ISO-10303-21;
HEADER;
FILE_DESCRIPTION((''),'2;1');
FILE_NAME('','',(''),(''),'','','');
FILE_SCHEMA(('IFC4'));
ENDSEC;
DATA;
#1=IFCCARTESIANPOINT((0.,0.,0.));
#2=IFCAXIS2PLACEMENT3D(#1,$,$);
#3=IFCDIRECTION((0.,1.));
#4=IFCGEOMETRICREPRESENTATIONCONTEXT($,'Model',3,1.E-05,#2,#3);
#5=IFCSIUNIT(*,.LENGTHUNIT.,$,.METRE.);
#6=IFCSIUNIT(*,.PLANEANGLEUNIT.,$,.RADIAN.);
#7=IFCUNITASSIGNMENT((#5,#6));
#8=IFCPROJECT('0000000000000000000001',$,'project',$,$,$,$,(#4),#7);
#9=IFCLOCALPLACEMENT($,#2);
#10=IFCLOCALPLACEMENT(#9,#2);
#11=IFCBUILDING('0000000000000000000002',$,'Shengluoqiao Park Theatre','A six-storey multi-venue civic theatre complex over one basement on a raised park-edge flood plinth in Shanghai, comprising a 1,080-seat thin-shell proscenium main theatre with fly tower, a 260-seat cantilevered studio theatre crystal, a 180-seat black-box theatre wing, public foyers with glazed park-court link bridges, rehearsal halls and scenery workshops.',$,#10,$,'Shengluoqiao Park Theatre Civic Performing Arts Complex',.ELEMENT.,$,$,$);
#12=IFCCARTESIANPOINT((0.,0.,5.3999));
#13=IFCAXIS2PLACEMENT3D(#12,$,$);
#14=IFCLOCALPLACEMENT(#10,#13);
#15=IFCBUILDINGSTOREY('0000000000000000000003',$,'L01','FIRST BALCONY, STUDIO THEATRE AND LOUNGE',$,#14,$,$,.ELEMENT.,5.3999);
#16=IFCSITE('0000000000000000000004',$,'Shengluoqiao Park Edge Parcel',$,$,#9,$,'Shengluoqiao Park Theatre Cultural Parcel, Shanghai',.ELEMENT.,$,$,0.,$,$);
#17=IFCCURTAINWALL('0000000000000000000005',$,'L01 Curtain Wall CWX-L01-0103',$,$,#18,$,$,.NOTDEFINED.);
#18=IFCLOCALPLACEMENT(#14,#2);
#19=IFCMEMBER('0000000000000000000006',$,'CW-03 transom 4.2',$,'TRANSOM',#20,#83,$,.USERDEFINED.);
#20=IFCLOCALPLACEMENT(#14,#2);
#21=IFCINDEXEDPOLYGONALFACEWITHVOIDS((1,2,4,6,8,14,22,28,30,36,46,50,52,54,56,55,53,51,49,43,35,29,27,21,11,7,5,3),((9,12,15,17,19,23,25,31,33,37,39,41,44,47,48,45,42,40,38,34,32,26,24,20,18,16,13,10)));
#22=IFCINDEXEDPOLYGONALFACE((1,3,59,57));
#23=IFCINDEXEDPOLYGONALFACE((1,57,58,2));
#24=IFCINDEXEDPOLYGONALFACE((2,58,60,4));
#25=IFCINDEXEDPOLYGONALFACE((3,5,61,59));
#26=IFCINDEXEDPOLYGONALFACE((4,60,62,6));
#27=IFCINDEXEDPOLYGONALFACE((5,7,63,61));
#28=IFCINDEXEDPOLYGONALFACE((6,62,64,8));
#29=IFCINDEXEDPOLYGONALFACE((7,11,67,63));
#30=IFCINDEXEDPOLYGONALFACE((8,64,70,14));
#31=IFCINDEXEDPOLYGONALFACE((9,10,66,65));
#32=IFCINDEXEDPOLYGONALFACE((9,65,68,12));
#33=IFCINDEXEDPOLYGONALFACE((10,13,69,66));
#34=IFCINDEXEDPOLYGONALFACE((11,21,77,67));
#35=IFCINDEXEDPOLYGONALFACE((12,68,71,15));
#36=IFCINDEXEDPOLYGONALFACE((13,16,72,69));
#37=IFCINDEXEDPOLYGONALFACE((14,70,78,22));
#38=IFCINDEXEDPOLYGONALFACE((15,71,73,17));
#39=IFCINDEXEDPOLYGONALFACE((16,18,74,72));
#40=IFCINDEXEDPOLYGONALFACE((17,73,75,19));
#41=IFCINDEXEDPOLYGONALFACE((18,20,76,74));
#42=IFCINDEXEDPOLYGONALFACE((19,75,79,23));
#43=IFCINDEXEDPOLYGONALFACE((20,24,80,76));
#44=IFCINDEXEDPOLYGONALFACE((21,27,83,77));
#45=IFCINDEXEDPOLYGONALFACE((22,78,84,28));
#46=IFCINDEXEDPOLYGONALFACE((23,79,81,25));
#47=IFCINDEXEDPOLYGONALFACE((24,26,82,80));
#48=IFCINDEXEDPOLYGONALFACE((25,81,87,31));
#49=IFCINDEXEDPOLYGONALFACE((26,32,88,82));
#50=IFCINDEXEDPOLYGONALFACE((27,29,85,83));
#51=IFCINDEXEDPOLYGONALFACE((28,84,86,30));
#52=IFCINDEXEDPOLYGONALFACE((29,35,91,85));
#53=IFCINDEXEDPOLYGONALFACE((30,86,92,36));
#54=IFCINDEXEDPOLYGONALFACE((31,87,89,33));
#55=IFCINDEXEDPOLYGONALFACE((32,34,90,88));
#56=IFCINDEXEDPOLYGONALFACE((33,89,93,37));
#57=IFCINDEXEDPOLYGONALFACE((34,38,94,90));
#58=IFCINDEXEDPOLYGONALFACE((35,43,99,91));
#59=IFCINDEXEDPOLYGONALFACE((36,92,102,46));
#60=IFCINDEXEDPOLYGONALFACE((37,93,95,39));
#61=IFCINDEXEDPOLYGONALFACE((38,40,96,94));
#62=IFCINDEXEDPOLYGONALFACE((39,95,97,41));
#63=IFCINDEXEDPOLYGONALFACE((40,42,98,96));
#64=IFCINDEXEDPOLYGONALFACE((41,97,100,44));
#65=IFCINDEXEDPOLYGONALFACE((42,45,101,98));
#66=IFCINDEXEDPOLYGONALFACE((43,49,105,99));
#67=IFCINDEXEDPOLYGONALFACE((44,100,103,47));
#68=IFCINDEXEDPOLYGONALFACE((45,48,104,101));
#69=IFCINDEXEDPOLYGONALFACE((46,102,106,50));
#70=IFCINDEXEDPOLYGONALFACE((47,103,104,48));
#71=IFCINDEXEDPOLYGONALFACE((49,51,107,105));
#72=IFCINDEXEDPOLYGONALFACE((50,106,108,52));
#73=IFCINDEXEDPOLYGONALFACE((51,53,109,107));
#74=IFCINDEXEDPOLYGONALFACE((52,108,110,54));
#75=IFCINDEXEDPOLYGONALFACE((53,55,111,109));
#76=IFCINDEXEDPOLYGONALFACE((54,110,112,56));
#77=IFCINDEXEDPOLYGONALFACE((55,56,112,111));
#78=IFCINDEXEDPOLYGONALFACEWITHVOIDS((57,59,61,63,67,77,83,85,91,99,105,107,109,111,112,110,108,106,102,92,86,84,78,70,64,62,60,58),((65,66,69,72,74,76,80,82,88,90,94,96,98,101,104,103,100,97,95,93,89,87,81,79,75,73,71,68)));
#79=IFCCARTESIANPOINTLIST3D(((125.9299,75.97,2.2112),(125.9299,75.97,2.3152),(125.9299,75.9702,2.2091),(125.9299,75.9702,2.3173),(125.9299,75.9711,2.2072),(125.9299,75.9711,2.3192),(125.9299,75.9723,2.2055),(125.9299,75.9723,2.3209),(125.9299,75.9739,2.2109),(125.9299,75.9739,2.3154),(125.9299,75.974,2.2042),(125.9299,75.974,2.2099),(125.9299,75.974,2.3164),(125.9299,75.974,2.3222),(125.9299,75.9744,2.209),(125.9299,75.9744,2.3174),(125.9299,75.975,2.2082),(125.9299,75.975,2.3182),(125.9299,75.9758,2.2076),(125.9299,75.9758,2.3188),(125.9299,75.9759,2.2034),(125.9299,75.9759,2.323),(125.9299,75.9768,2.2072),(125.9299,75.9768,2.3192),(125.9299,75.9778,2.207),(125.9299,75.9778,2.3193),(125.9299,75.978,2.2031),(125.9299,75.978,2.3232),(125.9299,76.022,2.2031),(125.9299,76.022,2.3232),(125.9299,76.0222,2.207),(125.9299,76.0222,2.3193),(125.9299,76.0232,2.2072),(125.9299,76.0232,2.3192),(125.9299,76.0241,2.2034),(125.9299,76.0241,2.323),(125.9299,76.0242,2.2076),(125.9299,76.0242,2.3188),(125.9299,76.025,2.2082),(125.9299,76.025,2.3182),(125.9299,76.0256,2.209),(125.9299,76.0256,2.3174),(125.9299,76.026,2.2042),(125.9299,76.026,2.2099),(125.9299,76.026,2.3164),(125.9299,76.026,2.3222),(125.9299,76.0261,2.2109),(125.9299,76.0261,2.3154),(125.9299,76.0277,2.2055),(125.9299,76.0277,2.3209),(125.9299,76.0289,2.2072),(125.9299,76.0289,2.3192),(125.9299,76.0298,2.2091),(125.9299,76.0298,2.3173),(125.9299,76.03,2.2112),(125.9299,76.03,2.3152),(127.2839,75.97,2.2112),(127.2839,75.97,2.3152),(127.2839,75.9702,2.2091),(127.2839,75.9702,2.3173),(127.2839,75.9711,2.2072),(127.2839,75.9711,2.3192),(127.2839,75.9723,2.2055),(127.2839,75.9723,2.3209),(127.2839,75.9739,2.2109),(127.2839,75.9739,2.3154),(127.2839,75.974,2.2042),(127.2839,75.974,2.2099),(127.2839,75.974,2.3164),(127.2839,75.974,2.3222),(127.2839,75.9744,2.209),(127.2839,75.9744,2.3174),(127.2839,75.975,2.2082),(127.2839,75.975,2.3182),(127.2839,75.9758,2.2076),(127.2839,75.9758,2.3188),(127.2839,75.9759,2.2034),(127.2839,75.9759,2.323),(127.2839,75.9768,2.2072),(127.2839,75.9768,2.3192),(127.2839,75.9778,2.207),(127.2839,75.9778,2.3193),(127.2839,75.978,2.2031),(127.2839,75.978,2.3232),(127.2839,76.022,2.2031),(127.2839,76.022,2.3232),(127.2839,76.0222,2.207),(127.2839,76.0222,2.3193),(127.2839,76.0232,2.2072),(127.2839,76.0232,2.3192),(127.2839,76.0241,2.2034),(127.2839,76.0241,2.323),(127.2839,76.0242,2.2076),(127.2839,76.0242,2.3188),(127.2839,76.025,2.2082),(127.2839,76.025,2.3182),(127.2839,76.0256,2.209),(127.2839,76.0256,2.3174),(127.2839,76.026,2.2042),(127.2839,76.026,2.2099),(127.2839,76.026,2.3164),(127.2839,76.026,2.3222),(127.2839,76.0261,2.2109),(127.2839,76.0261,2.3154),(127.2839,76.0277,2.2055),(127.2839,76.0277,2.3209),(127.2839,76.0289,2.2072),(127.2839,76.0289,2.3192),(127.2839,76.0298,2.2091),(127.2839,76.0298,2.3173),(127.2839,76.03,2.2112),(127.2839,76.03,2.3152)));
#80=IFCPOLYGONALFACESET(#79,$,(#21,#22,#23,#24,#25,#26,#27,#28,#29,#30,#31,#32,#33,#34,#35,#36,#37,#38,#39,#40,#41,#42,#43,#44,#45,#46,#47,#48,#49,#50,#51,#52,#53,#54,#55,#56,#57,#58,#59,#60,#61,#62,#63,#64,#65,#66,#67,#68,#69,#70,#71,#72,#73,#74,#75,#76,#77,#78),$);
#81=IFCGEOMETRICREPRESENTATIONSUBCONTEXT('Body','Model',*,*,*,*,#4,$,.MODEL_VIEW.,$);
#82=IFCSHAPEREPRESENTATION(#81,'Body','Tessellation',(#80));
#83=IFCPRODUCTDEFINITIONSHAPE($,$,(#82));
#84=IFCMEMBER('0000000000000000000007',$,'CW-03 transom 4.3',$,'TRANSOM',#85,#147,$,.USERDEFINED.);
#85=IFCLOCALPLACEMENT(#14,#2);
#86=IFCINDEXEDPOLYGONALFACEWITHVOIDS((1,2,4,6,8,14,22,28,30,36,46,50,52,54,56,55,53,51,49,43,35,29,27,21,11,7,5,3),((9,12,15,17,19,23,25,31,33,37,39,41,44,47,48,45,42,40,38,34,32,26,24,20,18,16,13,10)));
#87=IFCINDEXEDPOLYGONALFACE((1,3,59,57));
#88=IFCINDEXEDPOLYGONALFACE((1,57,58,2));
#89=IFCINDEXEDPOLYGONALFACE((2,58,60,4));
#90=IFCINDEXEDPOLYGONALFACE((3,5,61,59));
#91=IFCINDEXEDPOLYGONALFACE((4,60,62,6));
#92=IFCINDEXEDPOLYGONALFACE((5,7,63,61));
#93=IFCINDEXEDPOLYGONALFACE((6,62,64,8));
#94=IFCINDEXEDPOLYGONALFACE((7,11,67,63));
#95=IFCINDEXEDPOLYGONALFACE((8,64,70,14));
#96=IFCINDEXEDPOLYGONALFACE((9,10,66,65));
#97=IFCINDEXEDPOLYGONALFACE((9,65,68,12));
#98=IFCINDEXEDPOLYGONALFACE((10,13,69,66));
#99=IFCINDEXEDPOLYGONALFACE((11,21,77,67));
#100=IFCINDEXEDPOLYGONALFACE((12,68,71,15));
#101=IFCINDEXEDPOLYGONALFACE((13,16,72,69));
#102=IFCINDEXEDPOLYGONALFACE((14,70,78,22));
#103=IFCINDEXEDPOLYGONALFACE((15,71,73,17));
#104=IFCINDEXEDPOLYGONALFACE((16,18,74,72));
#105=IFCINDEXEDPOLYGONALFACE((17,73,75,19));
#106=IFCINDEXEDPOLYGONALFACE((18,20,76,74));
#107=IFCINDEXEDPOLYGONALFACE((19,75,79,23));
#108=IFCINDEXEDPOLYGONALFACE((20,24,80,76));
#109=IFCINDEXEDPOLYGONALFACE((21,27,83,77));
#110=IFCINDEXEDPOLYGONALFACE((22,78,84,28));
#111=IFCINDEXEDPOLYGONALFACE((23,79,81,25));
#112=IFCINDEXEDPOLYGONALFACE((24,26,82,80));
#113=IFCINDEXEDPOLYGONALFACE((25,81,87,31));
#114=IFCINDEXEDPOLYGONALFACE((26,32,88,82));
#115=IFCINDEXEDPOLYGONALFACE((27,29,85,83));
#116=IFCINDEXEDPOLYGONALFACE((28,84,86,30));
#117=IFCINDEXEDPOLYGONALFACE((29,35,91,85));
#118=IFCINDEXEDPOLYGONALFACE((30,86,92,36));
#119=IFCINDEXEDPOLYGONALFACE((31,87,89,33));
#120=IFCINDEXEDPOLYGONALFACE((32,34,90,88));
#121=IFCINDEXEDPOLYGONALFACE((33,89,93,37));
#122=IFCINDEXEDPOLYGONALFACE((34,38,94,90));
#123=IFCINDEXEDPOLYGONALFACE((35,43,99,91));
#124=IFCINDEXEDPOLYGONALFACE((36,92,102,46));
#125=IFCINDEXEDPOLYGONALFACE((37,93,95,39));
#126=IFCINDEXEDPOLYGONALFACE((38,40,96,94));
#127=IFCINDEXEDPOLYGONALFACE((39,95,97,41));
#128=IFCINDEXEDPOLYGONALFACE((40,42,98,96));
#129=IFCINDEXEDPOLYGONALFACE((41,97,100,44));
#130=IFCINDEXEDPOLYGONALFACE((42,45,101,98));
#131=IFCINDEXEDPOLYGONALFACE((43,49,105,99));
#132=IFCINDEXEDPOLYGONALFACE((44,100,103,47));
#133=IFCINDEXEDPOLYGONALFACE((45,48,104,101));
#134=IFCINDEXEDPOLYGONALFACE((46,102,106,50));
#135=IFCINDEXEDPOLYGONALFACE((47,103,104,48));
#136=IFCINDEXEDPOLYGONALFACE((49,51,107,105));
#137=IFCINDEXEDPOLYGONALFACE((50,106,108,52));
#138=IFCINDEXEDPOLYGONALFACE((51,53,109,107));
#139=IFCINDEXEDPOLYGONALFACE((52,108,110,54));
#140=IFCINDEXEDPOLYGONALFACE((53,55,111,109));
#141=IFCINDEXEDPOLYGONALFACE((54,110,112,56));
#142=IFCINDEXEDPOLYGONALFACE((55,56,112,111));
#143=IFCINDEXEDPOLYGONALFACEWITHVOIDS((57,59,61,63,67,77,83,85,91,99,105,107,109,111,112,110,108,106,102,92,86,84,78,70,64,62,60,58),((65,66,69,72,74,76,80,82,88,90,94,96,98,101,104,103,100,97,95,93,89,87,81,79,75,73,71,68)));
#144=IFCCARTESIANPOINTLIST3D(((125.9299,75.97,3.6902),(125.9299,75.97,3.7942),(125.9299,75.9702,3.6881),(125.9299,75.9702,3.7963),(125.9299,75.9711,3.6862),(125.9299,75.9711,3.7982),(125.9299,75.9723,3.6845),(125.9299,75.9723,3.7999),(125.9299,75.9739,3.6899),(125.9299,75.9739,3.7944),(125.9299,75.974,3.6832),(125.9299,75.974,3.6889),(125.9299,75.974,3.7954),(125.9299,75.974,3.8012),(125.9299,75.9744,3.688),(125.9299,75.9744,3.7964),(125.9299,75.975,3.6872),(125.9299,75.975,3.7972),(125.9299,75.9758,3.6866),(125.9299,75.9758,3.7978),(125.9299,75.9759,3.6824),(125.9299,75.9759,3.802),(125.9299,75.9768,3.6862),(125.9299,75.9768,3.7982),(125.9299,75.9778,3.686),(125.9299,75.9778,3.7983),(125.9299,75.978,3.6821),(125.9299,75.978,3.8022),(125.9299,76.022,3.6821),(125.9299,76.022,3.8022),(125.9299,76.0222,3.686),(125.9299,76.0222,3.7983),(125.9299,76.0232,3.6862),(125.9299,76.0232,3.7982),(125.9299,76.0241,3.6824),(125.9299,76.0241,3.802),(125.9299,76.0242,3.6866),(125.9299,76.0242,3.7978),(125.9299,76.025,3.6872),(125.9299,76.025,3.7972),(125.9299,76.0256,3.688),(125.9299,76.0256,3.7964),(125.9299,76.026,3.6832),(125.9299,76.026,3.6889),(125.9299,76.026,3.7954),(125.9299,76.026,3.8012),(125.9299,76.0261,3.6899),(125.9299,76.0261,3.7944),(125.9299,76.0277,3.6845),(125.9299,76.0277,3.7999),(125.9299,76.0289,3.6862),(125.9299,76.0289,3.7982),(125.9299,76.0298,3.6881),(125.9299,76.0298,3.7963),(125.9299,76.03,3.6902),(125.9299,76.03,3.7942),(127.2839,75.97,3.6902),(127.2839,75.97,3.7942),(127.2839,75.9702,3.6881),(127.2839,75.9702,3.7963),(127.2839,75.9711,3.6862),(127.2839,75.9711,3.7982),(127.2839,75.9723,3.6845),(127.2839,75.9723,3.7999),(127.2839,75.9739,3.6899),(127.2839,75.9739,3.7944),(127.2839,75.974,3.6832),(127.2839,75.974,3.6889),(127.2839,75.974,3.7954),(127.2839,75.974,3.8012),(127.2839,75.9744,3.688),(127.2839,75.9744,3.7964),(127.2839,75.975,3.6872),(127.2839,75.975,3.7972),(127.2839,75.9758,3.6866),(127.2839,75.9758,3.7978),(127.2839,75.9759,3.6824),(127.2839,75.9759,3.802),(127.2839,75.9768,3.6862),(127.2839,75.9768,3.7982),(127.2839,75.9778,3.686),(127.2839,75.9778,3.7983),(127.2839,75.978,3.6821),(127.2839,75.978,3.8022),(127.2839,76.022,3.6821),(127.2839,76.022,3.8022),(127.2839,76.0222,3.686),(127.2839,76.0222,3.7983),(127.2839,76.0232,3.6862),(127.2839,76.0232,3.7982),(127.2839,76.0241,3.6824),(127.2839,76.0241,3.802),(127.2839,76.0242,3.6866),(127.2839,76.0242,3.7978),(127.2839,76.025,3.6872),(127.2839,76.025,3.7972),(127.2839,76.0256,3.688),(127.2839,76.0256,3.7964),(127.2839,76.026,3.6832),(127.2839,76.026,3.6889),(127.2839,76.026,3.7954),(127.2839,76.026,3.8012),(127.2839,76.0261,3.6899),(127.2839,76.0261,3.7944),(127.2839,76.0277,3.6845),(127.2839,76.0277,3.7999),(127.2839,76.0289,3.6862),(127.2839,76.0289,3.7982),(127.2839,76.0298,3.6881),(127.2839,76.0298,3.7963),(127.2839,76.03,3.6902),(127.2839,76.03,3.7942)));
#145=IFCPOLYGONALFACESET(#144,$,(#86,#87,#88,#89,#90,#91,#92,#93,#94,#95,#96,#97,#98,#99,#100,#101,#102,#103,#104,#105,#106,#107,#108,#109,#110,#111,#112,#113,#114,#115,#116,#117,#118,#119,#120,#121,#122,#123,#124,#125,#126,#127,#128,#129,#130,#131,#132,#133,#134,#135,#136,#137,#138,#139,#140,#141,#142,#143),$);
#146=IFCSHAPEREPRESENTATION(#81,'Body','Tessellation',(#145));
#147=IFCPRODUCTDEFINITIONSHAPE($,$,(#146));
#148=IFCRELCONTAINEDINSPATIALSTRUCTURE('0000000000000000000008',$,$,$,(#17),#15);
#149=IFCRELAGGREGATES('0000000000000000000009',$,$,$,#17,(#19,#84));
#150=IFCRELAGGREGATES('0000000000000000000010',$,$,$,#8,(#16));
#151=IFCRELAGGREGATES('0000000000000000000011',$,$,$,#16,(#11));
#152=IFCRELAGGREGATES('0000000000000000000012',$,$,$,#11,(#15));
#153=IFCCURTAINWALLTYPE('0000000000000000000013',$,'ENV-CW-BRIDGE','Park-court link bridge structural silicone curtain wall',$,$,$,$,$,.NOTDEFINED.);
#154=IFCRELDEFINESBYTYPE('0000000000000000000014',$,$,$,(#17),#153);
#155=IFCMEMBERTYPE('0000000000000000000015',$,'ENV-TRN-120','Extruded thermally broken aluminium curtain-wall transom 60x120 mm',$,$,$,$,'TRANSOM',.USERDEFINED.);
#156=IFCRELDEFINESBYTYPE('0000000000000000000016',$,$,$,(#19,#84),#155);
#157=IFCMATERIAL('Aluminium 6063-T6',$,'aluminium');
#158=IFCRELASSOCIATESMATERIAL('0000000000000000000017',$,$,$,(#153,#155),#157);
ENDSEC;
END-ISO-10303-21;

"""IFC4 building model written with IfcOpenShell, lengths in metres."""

from ifc_helpers import new_model, si_unit, direction, frame, origin, origin_2d, place, context, subcontext, project, spatial, hollow_rectangle, extrude, material, material_profile, profile_set, type_object, element, aggregate, save


model = new_model("IFC4")

# Units and contexts
model_context = context("Model", 3, precision=1e-05, world=origin(), true_north=direction((0.0, 1.0)))
body_context = subcontext(model_context, "Body", "Model", "MODEL_VIEW")
ifc_project = project(units=[si_unit("LENGTHUNIT", "METRE"), si_unit("PLANEANGLEUNIT", "RADIAN")], contexts=[model_context])

# Site, building, storey
site_placement = place(None, origin())
site = spatial("IfcSite", under=ifc_project, at=site_placement, Name="Shengluoqiao Park Edge Parcel", LongName="Shengluoqiao Park Theatre Cultural Parcel, Shanghai", CompositionType="ELEMENT", RefElevation=0.0)
building_placement = place(site_placement, origin())
building = spatial("IfcBuilding", under=site, at=building_placement, Name="Shengluoqiao Park Theatre", Description="A six-storey multi-venue civic theatre complex over one basement on a raised park-edge flood plinth in Shanghai, comprising a 1,080-seat thin-shell proscenium main theatre with fly tower, a 260-seat cantilevered studio theatre crystal, a 180-seat black-box theatre wing, public foyers with glazed park-court link bridges, rehearsal halls and scenery workshops.", LongName="Shengluoqiao Park Theatre Civic Performing Arts Complex", CompositionType="ELEMENT")
storey_placement = place(building_placement, frame((0.0, 0.0, 5.3999)))
storey = spatial("IfcBuildingStorey", under=building, at=storey_placement, Name="L01", Description="FIRST BALCONY, STUDIO THEATRE AND LOUNGE", CompositionType="ELEMENT", Elevation=5.3999)

# Curtain wall
ifc_material_1 = material(Name="Aluminium 6063-T6", Category="aluminium")
curtain_wall_type = type_object("IfcCurtainWallType", Name="ENV-CW-BRIDGE", Description="Park-court link bridge structural silicone curtain wall", PredefinedType="NOTDEFINED", material=ifc_material_1)
curtain_wall_1_placement = place(storey_placement, origin())
curtain_wall_1 = element("IfcCurtainWall", 1, at=curtain_wall_1_placement, inside=storey, type_object=curtain_wall_type, Name="L01 Curtain Wall CWX-L01-0103", PredefinedType="NOTDEFINED")

# Members
ifc_material_profile_1 = material_profile(ifc_material_1, hollow_rectangle(XDim=0.0601, YDim=0.1201, WallThickness=0.0039, InnerFilletRadius=0.0039, OuterFilletRadius=0.0081, at=origin_2d()), Name="ALU TRANSOM 120x60x4")
ifc_profile_set_1 = profile_set([ifc_material_profile_1], Name="Aluminium 6063-T6")
member_type_1 = type_object("IfcMemberType", Name="ENV-TRN-120", Description="Extruded thermally broken aluminium curtain-wall transom 60x120 mm", ElementType="TRANSOM", PredefinedType="USERDEFINED", material=ifc_profile_set_1)
member_1_placement = place(storey_placement, frame((125.9299, 76.0, 2.2632), z_axis=(1.0, 0.0, 0.0), x_axis=(0.0, 1.0, 0.0)))
member_1 = element("IfcMember", 2, at=member_1_placement, type_object=member_type_1, Name="CW-03 transom 4.2", ObjectType="TRANSOM", PredefinedType="USERDEFINED", context=body_context, shape_type="SweptSolid", body=[
    extrude(hollow_rectangle(XDim=0.0601, YDim=0.1201, WallThickness=0.0039, InnerFilletRadius=0.0039, OuterFilletRadius=0.0081, at=origin_2d()), origin(), (0.0, 0.0, 1.0), 1.354),
])
member_2_placement = place(storey_placement, frame((125.9299, 76.0, 3.7422), z_axis=(1.0, 0.0, 0.0), x_axis=(0.0, 1.0, 0.0)))
member_2 = element("IfcMember", 3, at=member_2_placement, type_object=member_type_1, Name="CW-03 transom 4.3", ObjectType="TRANSOM", PredefinedType="USERDEFINED", context=body_context, shape_type="SweptSolid", body=[
    extrude(hollow_rectangle(XDim=0.0601, YDim=0.1201, WallThickness=0.0039, InnerFilletRadius=0.0039, OuterFilletRadius=0.0081, at=origin_2d()), origin(), (0.0, 0.0, 1.0), 1.354),
])

aggregate(curtain_wall_1, [member_1, member_2])

save(model, "model.ifc")
